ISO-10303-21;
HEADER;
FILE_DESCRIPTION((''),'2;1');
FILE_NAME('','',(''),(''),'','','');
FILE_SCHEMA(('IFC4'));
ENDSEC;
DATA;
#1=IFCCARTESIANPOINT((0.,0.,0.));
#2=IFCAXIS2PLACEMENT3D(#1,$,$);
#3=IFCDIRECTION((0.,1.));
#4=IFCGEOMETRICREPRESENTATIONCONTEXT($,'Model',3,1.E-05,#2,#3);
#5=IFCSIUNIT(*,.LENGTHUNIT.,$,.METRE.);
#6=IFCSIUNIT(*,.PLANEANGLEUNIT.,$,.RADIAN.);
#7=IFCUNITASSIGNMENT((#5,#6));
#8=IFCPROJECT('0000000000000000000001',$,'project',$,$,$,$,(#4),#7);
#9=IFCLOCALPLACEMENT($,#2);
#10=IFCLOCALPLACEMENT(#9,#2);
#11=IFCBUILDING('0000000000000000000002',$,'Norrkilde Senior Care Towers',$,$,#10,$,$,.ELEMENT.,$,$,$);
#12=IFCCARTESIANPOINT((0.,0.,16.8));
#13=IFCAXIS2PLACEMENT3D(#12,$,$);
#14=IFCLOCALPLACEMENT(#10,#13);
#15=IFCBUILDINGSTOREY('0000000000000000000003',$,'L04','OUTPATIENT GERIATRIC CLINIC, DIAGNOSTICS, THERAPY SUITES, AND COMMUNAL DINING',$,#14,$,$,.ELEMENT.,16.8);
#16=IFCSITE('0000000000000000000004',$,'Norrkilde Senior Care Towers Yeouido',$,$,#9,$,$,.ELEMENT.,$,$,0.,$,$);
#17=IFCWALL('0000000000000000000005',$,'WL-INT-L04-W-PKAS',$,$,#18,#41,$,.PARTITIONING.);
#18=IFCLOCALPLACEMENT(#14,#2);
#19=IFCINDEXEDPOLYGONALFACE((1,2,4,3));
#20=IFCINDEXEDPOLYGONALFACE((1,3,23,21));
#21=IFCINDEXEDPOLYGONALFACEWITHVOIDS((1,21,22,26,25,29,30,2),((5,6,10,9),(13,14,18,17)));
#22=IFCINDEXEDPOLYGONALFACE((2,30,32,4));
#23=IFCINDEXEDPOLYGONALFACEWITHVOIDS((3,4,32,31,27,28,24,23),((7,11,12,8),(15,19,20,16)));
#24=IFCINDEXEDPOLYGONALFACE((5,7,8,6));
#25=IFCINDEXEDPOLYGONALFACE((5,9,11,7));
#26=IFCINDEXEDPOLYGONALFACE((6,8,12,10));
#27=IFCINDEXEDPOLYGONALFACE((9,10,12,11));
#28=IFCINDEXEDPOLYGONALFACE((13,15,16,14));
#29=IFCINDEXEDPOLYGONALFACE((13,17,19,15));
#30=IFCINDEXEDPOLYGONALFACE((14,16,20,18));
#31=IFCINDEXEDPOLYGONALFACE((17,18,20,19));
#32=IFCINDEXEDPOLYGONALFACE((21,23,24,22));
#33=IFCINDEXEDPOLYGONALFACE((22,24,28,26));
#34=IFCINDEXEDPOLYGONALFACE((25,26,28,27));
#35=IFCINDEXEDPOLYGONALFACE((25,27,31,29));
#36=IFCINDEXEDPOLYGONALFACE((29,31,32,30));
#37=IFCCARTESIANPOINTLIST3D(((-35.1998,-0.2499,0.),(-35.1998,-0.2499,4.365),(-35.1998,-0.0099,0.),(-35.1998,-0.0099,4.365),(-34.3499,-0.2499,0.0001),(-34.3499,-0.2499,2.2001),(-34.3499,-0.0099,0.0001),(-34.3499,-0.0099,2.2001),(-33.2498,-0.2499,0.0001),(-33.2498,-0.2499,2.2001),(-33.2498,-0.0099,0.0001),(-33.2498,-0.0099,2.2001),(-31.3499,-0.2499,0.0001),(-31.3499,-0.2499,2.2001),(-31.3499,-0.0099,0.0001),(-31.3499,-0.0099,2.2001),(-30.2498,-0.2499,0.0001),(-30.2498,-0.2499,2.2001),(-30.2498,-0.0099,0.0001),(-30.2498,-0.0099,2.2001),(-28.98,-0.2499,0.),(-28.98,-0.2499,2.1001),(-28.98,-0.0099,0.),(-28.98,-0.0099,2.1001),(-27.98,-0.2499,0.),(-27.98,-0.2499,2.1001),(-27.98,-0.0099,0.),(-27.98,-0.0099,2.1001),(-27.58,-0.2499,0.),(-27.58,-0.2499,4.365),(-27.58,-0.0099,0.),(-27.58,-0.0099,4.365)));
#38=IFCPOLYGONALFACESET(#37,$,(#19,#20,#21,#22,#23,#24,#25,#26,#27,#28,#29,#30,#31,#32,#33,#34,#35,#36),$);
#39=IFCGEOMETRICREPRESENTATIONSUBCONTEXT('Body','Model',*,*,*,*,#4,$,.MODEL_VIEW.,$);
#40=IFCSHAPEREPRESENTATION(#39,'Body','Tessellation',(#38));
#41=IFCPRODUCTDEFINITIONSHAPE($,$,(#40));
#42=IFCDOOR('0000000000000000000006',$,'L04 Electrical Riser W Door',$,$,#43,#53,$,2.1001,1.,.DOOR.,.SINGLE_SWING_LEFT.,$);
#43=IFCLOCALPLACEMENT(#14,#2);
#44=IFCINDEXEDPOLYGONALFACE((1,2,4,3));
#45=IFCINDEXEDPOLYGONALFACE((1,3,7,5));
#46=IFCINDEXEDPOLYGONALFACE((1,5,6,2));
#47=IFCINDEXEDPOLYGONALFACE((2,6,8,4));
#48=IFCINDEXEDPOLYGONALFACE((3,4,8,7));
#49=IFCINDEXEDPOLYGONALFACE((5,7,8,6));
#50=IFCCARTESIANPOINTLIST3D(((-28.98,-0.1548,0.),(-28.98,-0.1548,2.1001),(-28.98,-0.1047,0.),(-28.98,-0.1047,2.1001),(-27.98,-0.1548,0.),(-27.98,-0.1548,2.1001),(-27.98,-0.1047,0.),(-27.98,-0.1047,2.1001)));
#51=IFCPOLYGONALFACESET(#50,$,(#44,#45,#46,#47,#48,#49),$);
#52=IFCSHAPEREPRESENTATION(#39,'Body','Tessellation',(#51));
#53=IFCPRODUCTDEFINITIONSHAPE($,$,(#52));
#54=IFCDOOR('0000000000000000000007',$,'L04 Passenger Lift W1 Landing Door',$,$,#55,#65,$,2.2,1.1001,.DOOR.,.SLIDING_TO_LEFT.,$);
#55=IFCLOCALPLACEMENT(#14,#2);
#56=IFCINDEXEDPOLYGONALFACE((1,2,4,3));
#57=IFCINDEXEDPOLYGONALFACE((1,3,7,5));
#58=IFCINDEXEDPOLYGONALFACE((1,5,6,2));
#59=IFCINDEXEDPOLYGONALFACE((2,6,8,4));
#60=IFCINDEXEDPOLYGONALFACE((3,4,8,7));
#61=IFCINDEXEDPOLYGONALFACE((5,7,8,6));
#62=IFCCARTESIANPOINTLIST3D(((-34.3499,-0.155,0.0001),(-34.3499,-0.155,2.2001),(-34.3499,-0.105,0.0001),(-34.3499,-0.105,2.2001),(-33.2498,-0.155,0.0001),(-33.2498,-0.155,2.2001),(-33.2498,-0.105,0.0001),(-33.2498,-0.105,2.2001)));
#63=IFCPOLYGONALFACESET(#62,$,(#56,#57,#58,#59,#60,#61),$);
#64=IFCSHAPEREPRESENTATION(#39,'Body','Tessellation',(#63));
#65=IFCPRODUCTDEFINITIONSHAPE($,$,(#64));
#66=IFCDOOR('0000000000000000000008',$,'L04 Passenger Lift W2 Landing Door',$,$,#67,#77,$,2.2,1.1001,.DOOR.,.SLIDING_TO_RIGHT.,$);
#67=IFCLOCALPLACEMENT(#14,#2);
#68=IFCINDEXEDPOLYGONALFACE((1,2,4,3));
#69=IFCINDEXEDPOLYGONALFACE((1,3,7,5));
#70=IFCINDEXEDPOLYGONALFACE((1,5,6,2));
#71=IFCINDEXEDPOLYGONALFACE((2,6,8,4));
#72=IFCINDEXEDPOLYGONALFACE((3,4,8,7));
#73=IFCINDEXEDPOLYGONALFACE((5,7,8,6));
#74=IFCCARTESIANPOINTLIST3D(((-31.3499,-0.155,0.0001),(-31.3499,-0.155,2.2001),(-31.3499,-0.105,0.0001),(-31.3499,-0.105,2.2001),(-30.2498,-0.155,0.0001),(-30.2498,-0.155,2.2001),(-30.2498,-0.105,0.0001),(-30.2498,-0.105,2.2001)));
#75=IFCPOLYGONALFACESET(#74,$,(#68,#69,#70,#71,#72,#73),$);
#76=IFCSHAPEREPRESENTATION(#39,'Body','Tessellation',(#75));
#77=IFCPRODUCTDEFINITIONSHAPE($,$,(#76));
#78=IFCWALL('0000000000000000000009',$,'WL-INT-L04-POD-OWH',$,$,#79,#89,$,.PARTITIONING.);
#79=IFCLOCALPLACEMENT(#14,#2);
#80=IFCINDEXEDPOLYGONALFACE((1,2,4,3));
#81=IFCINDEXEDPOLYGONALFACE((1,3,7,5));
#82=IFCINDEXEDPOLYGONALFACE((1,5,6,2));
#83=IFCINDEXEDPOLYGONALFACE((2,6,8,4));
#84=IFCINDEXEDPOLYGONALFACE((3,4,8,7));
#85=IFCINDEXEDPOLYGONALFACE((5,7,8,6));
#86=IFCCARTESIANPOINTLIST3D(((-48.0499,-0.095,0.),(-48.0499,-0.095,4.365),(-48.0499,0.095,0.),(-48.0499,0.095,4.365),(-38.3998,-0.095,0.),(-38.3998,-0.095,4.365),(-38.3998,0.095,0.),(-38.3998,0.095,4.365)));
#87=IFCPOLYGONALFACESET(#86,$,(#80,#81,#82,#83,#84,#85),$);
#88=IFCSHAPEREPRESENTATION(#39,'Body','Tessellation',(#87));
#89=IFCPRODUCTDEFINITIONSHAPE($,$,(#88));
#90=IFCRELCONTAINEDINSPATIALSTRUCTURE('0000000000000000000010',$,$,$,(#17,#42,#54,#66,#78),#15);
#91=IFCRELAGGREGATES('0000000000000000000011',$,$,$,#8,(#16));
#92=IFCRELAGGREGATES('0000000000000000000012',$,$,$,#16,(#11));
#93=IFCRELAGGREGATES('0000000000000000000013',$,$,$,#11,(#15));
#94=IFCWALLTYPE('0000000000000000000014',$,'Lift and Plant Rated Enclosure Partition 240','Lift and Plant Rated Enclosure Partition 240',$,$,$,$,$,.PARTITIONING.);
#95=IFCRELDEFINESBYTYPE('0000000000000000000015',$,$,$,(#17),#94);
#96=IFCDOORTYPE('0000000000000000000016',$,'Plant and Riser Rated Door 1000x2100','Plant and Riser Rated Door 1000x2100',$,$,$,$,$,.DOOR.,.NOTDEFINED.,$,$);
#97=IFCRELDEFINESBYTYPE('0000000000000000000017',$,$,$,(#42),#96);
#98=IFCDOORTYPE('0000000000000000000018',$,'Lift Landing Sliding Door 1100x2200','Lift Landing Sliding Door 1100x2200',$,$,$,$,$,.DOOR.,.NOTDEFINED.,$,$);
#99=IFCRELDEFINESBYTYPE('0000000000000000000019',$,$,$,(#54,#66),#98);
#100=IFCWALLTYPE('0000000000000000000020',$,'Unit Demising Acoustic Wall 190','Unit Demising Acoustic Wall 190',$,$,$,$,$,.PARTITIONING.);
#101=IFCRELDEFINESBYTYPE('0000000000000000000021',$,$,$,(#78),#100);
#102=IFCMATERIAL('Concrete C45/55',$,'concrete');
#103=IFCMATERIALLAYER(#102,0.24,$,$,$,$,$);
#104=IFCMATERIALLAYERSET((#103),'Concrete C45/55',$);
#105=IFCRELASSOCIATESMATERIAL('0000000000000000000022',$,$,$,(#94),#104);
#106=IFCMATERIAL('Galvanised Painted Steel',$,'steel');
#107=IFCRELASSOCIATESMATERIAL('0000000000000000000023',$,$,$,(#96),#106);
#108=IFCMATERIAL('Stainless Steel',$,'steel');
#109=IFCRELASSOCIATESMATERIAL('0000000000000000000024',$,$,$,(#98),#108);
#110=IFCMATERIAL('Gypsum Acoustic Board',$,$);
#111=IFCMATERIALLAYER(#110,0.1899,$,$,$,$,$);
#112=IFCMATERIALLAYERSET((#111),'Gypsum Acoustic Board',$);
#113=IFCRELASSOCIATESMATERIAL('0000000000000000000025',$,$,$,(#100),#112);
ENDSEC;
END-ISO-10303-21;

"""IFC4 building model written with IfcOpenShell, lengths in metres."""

from ifc_helpers import new_model, si_unit, direction, frame, frame_2d, origin, place, context, subcontext, project, spatial, rectangle, extrude, source, transform, mapped, material, layer, layer_set, type_object, type_shapes, element, fill, save


model = new_model("IFC4")

# Units and contexts
model_context = context("Model", 3, precision=1e-05, world=origin(), true_north=direction((0.0, 1.0)))
body_context = subcontext(model_context, "Body", "Model", "MODEL_VIEW")
ifc_project = project(units=[si_unit("LENGTHUNIT", "METRE"), si_unit("PLANEANGLEUNIT", "RADIAN")], contexts=[model_context])

# Site, building, storey
site_placement = place(None, origin())
site = spatial("IfcSite", under=ifc_project, at=site_placement, Name="Norrkilde Senior Care Towers Yeouido", CompositionType="ELEMENT", RefElevation=0.0)
building_placement = place(site_placement, origin())
building = spatial("IfcBuilding", under=site, at=building_placement, Name="Norrkilde Senior Care Towers", CompositionType="ELEMENT")
storey_placement = place(building_placement, frame((0.0, 0.0, 16.8)))
storey = spatial("IfcBuildingStorey", under=building, at=storey_placement, Name="L04", Description="OUTPATIENT GERIATRIC CLINIC, DIAGNOSTICS, THERAPY SUITES, AND COMMUNAL DINING", CompositionType="ELEMENT", Elevation=16.8)

# Shared definitions
ifc_material_1 = material(Name="Concrete C45/55", Category="concrete")

# Wall, openings, doors
ifc_layer_1 = layer(ifc_material_1, 0.24)
ifc_layer_set_1 = layer_set([ifc_layer_1], Name="Concrete C45/55")
wall_type_1 = type_object("IfcWallType", Name="Lift and Plant Rated Enclosure Partition 240", Description="Lift and Plant Rated Enclosure Partition 240", PredefinedType="PARTITIONING", material=ifc_layer_set_1)
shared_shape_1 = source(origin(), body_context, "Body", "SweptSolid", [
    extrude(rectangle(XDim=7.6199, YDim=0.24, at=frame_2d((3.8101, 0.0))), origin(), (0.0, 0.0, 1.0), 4.365),
])
type_shapes(wall_type_1, [shared_shape_1])
wall_1_placement = place(storey_placement, frame((-35.2, -0.1299, 0.0), z_axis=(0.0, 0.0, 1.0), x_axis=(1.0, 0.0, 0.0)))
wall_1 = element("IfcWall", 1, at=wall_1_placement, inside=storey, type_object=wall_type_1, Name="WL-INT-L04-W-PKAS", PredefinedType="PARTITIONING", context=body_context, shape_type="MappedRepresentation", body=[
    mapped(shared_shape_1, transform((0.0, 0.0, 0.0), x_axis=(1.0, 0.0, 0.0), y_axis=(0.0, 1.0, 0.0), z_axis=(0.0, 0.0, 1.0), scale=1.0)),
])
opening_1_placement = place(wall_1_placement, frame((6.22, 0.0, 0.0)))
opening_1 = element("IfcOpeningElement", 2, at=opening_1_placement, cuts=wall_1, PredefinedType="OPENING", context=body_context, shape_type="SweptSolid", body=[
    extrude(rectangle(XDim=1.0, YDim=2.1001, at=frame_2d((0.5, 1.05))), frame((0.0, 0.1299, 0.0), z_axis=(0.0, -1.0, 0.0), x_axis=(1.0, 0.0, 0.0)), (0.0, 0.0, 1.0), 0.26),
])
opening_2_placement = place(wall_1_placement, frame((0.8501, 0.0, 0.0)))
opening_2 = element("IfcOpeningElement", 3, at=opening_2_placement, cuts=wall_1, PredefinedType="OPENING", context=body_context, shape_type="SweptSolid", body=[
    extrude(rectangle(XDim=1.1001, YDim=2.2, at=frame_2d((0.55, 1.1001))), frame((0.0, 0.1299, 0.0), z_axis=(0.0, -1.0, 0.0), x_axis=(1.0, 0.0, 0.0)), (0.0, 0.0, 1.0), 0.26),
])
opening_3_placement = place(wall_1_placement, frame((3.8501, 0.0, 0.0)))
opening_3 = element("IfcOpeningElement", 4, at=opening_3_placement, cuts=wall_1, PredefinedType="OPENING", context=body_context, shape_type="SweptSolid", body=[
    extrude(rectangle(XDim=1.1001, YDim=2.2, at=frame_2d((0.55, 1.1001))), frame((0.0, 0.1299, 0.0), z_axis=(0.0, -1.0, 0.0), x_axis=(1.0, 0.0, 0.0)), (0.0, 0.0, 1.0), 0.26),
])
ifc_material_2 = material(Name="Galvanised Painted Steel", Category="steel")
door_type_1 = type_object("IfcDoorType", Name="Plant and Riser Rated Door 1000x2100", Description="Plant and Riser Rated Door 1000x2100", OperationType="NOTDEFINED", PredefinedType="DOOR", material=ifc_material_2)
shared_shape_2 = source(origin(), body_context, "Body", "SweptSolid", [
    extrude(rectangle(XDim=1.0, YDim=2.1001, at=frame_2d((0.5, 1.05))), frame((0.0, 0.0249, 0.0), z_axis=(0.0, -1.0, 0.0), x_axis=(1.0, 0.0, 0.0)), (0.0, 0.0, 1.0), 0.05),
])
type_shapes(door_type_1, [shared_shape_2])
door_1_placement = place(opening_1_placement, frame((1.0, 0.0, 0.0), z_axis=(0.0, 0.0, 1.0), x_axis=(-1.0, 0.0, 0.0)))
door_1 = element("IfcDoor", 5, at=door_1_placement, inside=storey, type_object=door_type_1, Name="L04 Electrical Riser W Door", OperationType="SINGLE_SWING_LEFT", OverallHeight=2.1001, OverallWidth=1.0, PredefinedType="DOOR", context=body_context, shape_type="MappedRepresentation", body=[
    mapped(shared_shape_2, transform((0.0, 0.0, 0.0), x_axis=(1.0, 0.0, 0.0), y_axis=(0.0, 1.0, 0.0), z_axis=(0.0, 0.0, 1.0), scale=1.0)),
])
fill(opening_1, door_1)
ifc_material_3 = material(Name="Stainless Steel", Category="steel")
door_type_2 = type_object("IfcDoorType", Name="Lift Landing Sliding Door 1100x2200", Description="Lift Landing Sliding Door 1100x2200", OperationType="NOTDEFINED", PredefinedType="DOOR", material=ifc_material_3)
shared_shape_3 = source(origin(), body_context, "Body", "SweptSolid", [
    extrude(rectangle(XDim=1.1001, YDim=2.2, at=frame_2d((0.55, 1.1001))), frame((0.0, 0.0249, 0.0), z_axis=(0.0, -1.0, 0.0), x_axis=(1.0, 0.0, 0.0)), (0.0, 0.0, 1.0), 0.05),
])
type_shapes(door_type_2, [shared_shape_3])
door_2_placement = place(opening_2_placement, origin())
door_2 = element("IfcDoor", 6, at=door_2_placement, inside=storey, type_object=door_type_2, Name="L04 Passenger Lift W1 Landing Door", OperationType="SLIDING_TO_LEFT", OverallHeight=2.2, OverallWidth=1.1001, PredefinedType="DOOR", context=body_context, shape_type="MappedRepresentation", body=[
    mapped(shared_shape_3, transform((0.0, 0.0, 0.0), x_axis=(1.0, 0.0, 0.0), y_axis=(0.0, 1.0, 0.0), z_axis=(0.0, 0.0, 1.0), scale=1.0)),
])
fill(opening_2, door_2)
door_3_placement = place(opening_3_placement, origin())
door_3 = element("IfcDoor", 7, at=door_3_placement, inside=storey, type_object=door_type_2, Name="L04 Passenger Lift W2 Landing Door", OperationType="SLIDING_TO_RIGHT", OverallHeight=2.2, OverallWidth=1.1001, PredefinedType="DOOR", context=body_context, shape_type="MappedRepresentation", body=[
    mapped(shared_shape_3, transform((0.0, 0.0, 0.0), x_axis=(1.0, 0.0, 0.0), y_axis=(0.0, 1.0, 0.0), z_axis=(0.0, 0.0, 1.0), scale=1.0)),
])
fill(opening_3, door_3)

# Wall
ifc_material_4 = material(Name="Gypsum Acoustic Board")
ifc_layer_2 = layer(ifc_material_4, 0.1899)
ifc_layer_set_2 = layer_set([ifc_layer_2], Name="Gypsum Acoustic Board")
wall_type_2 = type_object("IfcWallType", Name="Unit Demising Acoustic Wall 190", Description="Unit Demising Acoustic Wall 190", PredefinedType="PARTITIONING", material=ifc_layer_set_2)
shared_shape_4 = source(origin(), body_context, "Body", "SweptSolid", [
    extrude(rectangle(XDim=9.6501, YDim=0.1899, at=frame_2d((4.8252, 0.0))), origin(), (0.0, 0.0, 1.0), 4.365),
])
type_shapes(wall_type_2, [shared_shape_4])
wall_2_placement = place(storey_placement, frame((-48.05, 0.0, 0.0), z_axis=(0.0, 0.0, 1.0), x_axis=(1.0, 0.0, 0.0)))
element("IfcWall", 8, at=wall_2_placement, inside=storey, type_object=wall_type_2, Name="WL-INT-L04-POD-OWH", PredefinedType="PARTITIONING", context=body_context, shape_type="MappedRepresentation", body=[
    mapped(shared_shape_4, transform((0.0, 0.0, 0.0), x_axis=(1.0, 0.0, 0.0), y_axis=(0.0, 1.0, 0.0), z_axis=(0.0, 0.0, 1.0), scale=1.0)),
])

save(model, "model.ifc")
